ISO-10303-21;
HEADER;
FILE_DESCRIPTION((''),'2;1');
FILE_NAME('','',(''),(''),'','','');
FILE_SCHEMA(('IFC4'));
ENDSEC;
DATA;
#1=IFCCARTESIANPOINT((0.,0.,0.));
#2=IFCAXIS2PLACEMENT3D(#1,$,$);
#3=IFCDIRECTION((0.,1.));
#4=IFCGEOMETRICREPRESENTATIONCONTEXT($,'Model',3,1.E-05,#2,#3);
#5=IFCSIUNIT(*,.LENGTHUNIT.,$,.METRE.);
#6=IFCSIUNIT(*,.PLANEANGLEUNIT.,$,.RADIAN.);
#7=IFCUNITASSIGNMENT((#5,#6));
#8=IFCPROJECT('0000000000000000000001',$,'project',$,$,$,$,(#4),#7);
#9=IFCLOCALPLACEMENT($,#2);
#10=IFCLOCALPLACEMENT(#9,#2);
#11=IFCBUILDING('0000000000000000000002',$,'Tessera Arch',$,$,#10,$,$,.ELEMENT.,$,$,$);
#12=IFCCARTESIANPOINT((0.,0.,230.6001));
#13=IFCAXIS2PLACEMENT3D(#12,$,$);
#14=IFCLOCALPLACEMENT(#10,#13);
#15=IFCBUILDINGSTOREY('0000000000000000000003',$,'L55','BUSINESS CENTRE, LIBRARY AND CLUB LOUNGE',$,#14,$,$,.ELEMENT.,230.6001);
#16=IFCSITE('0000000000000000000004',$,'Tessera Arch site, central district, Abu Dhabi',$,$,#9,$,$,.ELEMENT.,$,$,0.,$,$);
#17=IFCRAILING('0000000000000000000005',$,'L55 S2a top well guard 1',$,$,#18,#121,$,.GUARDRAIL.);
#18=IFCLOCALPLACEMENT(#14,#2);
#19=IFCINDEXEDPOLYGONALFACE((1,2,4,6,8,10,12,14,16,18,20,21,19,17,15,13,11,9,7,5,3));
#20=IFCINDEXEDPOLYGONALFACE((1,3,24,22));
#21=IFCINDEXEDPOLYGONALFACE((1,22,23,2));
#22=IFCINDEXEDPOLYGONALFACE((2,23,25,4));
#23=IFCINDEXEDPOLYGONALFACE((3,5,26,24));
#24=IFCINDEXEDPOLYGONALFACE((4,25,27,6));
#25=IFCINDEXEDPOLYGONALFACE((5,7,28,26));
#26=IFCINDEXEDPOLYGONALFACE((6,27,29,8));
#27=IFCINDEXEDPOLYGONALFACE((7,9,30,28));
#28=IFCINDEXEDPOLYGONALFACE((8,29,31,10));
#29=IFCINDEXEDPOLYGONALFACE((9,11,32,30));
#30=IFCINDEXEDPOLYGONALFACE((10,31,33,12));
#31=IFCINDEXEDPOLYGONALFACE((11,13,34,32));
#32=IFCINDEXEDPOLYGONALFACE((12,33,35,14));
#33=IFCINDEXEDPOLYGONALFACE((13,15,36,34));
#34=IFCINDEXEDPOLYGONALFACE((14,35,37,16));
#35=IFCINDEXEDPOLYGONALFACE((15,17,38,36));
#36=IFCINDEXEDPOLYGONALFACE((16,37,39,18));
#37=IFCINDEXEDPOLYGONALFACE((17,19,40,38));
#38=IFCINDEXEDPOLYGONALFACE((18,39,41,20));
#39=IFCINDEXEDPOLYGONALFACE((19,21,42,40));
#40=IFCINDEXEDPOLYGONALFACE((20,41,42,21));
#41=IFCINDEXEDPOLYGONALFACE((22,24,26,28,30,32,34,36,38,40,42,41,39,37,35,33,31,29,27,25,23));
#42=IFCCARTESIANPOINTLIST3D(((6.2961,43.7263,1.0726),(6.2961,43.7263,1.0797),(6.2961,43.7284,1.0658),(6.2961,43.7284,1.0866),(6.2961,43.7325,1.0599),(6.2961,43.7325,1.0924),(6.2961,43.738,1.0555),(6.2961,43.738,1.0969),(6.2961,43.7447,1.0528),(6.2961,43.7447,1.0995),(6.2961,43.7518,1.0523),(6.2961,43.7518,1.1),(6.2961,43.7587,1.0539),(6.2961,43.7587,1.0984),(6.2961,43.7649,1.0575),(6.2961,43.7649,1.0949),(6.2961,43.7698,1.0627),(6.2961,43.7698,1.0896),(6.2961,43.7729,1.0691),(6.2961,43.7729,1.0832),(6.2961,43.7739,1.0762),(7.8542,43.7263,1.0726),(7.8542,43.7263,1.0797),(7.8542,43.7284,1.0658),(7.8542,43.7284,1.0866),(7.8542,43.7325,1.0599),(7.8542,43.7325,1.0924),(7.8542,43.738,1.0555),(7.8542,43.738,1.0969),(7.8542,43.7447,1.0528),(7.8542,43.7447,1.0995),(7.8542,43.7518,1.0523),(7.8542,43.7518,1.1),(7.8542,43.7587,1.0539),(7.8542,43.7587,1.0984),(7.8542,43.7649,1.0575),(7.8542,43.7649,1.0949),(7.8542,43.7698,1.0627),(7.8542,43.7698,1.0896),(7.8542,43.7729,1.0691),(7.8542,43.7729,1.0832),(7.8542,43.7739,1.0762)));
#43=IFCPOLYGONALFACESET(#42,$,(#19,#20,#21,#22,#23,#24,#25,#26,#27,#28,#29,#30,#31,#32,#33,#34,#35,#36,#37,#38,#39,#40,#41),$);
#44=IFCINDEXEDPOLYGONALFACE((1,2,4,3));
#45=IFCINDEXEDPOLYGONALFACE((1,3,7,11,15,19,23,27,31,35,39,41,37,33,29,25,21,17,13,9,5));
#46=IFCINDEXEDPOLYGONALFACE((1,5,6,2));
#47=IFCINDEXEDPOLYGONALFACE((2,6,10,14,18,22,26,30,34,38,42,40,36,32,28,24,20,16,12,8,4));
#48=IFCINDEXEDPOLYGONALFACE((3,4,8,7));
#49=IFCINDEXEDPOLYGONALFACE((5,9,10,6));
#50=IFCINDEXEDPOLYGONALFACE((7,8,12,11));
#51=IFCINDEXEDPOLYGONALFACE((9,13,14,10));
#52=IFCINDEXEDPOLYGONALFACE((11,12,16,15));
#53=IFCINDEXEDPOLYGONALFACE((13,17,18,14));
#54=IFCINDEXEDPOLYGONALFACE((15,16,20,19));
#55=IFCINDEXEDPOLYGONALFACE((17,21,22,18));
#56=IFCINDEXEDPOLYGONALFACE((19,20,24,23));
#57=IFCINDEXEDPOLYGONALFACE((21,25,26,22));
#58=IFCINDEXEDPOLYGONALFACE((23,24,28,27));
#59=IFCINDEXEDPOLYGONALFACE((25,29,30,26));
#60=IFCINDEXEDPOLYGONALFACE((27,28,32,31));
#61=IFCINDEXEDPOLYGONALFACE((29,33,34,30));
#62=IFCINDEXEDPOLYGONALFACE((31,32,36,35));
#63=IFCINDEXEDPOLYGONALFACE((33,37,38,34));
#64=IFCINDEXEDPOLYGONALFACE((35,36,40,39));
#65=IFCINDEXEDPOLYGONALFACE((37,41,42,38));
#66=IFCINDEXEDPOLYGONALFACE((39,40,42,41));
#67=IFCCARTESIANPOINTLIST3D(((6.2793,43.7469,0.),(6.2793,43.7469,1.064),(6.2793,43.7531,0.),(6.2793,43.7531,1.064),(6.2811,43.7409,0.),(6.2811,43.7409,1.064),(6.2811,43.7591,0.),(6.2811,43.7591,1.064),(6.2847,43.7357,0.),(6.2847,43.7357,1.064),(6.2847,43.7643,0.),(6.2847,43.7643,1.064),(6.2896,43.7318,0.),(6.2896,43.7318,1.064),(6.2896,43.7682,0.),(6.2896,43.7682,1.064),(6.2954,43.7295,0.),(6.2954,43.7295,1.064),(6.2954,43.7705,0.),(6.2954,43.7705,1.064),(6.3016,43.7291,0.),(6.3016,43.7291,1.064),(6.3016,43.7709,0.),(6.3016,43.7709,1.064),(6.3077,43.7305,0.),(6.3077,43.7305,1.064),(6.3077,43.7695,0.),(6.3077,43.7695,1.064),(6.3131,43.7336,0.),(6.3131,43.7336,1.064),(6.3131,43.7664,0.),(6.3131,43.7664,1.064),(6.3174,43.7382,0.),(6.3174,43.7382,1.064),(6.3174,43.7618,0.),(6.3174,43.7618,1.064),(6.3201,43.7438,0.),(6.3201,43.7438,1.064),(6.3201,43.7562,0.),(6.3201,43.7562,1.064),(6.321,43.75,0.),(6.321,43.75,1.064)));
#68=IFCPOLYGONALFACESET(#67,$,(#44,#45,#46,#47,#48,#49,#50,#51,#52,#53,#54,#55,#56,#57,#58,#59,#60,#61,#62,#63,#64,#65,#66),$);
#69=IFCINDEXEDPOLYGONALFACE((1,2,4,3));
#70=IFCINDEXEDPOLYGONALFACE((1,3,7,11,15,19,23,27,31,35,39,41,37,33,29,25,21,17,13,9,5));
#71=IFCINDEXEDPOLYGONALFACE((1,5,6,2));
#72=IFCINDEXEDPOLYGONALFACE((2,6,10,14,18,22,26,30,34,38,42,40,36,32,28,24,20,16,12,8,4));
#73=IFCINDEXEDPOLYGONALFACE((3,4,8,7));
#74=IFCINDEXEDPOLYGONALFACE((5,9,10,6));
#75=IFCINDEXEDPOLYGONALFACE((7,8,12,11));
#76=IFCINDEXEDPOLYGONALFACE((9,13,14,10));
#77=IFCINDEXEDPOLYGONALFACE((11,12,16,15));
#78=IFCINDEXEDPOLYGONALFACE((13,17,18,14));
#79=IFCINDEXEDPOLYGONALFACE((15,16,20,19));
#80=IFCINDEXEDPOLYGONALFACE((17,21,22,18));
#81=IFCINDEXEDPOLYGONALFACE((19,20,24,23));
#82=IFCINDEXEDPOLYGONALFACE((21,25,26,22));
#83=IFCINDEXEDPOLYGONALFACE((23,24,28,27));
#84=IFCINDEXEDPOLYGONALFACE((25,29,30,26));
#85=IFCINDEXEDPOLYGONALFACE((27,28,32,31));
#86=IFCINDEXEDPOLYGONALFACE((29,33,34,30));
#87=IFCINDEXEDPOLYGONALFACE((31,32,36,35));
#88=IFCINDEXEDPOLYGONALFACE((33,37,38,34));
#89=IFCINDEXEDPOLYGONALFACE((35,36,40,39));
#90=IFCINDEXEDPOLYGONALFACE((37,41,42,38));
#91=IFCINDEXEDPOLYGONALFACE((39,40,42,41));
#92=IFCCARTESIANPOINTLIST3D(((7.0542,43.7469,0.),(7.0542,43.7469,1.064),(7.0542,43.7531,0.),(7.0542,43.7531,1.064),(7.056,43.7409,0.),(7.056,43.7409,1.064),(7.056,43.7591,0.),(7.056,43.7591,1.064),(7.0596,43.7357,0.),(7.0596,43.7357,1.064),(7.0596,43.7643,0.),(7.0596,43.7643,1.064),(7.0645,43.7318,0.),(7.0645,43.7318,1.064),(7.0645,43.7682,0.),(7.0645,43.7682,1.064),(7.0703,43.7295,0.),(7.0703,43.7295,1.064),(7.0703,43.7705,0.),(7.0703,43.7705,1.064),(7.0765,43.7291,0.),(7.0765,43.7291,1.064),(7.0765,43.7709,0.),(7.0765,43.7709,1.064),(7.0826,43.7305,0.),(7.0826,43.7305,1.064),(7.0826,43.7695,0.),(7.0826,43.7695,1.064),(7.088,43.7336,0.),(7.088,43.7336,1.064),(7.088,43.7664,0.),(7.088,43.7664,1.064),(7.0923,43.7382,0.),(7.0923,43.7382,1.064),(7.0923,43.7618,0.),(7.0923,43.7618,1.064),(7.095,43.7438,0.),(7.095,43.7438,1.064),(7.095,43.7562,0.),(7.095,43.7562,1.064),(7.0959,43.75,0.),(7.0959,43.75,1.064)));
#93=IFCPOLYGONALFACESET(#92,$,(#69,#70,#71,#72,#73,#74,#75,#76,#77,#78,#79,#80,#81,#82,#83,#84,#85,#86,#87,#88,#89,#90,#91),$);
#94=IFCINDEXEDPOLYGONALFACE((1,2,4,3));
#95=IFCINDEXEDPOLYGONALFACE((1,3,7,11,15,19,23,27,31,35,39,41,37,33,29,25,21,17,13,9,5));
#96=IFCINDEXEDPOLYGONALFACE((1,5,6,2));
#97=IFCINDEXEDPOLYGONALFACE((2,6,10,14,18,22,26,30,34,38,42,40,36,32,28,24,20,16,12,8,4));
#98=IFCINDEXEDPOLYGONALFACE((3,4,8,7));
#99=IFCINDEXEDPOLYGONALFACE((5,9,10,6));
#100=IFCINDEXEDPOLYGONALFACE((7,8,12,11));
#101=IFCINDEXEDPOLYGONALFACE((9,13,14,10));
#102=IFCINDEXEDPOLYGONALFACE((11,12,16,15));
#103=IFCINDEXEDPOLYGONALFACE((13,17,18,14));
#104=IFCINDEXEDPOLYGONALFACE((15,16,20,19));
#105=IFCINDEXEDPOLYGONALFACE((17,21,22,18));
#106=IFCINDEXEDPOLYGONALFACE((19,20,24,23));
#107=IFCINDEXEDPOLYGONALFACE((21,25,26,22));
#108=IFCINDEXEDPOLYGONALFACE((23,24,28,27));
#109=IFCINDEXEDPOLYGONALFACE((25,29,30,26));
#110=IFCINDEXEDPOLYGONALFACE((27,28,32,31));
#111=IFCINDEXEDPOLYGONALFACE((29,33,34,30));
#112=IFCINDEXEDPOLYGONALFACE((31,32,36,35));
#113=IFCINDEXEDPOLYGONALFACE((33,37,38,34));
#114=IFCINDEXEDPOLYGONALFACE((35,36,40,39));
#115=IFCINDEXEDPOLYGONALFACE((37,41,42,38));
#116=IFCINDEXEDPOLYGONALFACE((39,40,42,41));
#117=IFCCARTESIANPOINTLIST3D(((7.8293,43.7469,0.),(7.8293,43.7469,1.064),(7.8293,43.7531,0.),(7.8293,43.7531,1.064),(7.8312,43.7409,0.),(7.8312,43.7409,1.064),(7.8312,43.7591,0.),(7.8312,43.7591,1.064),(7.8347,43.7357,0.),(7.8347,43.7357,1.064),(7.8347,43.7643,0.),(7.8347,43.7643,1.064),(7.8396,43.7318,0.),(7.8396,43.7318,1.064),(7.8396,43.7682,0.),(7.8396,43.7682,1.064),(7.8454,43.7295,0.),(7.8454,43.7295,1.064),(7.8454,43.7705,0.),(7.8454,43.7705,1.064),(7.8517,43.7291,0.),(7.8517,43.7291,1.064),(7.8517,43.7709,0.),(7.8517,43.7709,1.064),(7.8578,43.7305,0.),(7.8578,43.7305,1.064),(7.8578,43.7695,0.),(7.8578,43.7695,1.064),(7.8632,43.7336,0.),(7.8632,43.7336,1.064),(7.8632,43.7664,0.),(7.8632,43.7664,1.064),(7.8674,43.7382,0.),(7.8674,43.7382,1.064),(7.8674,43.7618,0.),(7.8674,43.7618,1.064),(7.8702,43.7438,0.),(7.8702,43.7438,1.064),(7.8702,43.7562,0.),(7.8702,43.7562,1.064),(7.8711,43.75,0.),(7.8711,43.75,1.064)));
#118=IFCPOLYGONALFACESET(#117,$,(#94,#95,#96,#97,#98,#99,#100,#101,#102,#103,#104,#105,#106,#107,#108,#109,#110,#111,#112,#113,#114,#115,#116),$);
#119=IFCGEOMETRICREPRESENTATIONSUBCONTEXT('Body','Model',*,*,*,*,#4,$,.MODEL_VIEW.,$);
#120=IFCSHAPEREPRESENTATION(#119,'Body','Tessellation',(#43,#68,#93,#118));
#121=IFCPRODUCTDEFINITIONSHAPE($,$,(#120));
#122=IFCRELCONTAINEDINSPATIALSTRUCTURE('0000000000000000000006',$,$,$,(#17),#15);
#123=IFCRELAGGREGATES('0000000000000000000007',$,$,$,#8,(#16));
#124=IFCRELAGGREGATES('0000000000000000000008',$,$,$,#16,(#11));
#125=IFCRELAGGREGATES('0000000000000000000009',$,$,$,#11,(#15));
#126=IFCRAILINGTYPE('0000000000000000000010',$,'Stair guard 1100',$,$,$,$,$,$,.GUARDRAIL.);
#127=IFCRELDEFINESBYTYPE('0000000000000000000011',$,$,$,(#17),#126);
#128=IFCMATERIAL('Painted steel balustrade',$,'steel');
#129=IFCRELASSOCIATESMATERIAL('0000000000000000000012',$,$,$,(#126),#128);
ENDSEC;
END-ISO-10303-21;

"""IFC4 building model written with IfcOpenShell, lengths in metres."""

from ifc_helpers import new_model, si_unit, direction, frame, origin, origin_2d, place, context, subcontext, project, spatial, circle, extrude, material, type_object, element, save


model = new_model("IFC4")

# Units and contexts
model_context = context("Model", 3, precision=1e-05, world=origin(), true_north=direction((0.0, 1.0)))
body_context = subcontext(model_context, "Body", "Model", "MODEL_VIEW")
ifc_project = project(units=[si_unit("LENGTHUNIT", "METRE"), si_unit("PLANEANGLEUNIT", "RADIAN")], contexts=[model_context])

# Site, building, storey
site_placement = place(None, origin())
site = spatial("IfcSite", under=ifc_project, at=site_placement, Name="Tessera Arch site, central district, Abu Dhabi", CompositionType="ELEMENT", RefElevation=0.0)
building_placement = place(site_placement, origin())
building = spatial("IfcBuilding", under=site, at=building_placement, Name="Tessera Arch", CompositionType="ELEMENT")
storey_placement = place(building_placement, frame((0.0, 0.0, 230.6001)))
storey = spatial("IfcBuildingStorey", under=building, at=storey_placement, Name="L55", Description="BUSINESS CENTRE, LIBRARY AND CLUB LOUNGE", CompositionType="ELEMENT", Elevation=230.6001)

# Railing
ifc_material_1 = material(Name="Painted steel balustrade", Category="steel")
railing_type = type_object("IfcRailingType", Name="Stair guard 1100", PredefinedType="GUARDRAIL", material=ifc_material_1)
railing_placement = place(storey_placement, frame((6.3, 43.75, 0.0)))
element("IfcRailing", 1, at=railing_placement, inside=storey, type_object=railing_type, Name="L55 S2a top well guard 1", PredefinedType="GUARDRAIL", context=body_context, shape_type="SweptSolid", body=[
    extrude(circle(Radius=0.0239, at=origin_2d()), frame((-0.0039, 0.0, 1.0762), z_axis=(1.0, 0.0, 0.0), x_axis=(0.0, 1.0, 0.0)), (0.0, 0.0, 1.0), 1.5581),
    extrude(circle(Radius=0.021, at=origin_2d()), origin(), (0.0, 0.0, 1.0), 1.064),
    extrude(circle(Radius=0.021, at=origin_2d()), frame((0.7749, 0.0, 0.0)), (0.0, 0.0, 1.0), 1.064),
    extrude(circle(Radius=0.021, at=origin_2d()), frame((1.55, 0.0, 0.0)), (0.0, 0.0, 1.0), 1.064),
])

save(model, "model.ifc")
